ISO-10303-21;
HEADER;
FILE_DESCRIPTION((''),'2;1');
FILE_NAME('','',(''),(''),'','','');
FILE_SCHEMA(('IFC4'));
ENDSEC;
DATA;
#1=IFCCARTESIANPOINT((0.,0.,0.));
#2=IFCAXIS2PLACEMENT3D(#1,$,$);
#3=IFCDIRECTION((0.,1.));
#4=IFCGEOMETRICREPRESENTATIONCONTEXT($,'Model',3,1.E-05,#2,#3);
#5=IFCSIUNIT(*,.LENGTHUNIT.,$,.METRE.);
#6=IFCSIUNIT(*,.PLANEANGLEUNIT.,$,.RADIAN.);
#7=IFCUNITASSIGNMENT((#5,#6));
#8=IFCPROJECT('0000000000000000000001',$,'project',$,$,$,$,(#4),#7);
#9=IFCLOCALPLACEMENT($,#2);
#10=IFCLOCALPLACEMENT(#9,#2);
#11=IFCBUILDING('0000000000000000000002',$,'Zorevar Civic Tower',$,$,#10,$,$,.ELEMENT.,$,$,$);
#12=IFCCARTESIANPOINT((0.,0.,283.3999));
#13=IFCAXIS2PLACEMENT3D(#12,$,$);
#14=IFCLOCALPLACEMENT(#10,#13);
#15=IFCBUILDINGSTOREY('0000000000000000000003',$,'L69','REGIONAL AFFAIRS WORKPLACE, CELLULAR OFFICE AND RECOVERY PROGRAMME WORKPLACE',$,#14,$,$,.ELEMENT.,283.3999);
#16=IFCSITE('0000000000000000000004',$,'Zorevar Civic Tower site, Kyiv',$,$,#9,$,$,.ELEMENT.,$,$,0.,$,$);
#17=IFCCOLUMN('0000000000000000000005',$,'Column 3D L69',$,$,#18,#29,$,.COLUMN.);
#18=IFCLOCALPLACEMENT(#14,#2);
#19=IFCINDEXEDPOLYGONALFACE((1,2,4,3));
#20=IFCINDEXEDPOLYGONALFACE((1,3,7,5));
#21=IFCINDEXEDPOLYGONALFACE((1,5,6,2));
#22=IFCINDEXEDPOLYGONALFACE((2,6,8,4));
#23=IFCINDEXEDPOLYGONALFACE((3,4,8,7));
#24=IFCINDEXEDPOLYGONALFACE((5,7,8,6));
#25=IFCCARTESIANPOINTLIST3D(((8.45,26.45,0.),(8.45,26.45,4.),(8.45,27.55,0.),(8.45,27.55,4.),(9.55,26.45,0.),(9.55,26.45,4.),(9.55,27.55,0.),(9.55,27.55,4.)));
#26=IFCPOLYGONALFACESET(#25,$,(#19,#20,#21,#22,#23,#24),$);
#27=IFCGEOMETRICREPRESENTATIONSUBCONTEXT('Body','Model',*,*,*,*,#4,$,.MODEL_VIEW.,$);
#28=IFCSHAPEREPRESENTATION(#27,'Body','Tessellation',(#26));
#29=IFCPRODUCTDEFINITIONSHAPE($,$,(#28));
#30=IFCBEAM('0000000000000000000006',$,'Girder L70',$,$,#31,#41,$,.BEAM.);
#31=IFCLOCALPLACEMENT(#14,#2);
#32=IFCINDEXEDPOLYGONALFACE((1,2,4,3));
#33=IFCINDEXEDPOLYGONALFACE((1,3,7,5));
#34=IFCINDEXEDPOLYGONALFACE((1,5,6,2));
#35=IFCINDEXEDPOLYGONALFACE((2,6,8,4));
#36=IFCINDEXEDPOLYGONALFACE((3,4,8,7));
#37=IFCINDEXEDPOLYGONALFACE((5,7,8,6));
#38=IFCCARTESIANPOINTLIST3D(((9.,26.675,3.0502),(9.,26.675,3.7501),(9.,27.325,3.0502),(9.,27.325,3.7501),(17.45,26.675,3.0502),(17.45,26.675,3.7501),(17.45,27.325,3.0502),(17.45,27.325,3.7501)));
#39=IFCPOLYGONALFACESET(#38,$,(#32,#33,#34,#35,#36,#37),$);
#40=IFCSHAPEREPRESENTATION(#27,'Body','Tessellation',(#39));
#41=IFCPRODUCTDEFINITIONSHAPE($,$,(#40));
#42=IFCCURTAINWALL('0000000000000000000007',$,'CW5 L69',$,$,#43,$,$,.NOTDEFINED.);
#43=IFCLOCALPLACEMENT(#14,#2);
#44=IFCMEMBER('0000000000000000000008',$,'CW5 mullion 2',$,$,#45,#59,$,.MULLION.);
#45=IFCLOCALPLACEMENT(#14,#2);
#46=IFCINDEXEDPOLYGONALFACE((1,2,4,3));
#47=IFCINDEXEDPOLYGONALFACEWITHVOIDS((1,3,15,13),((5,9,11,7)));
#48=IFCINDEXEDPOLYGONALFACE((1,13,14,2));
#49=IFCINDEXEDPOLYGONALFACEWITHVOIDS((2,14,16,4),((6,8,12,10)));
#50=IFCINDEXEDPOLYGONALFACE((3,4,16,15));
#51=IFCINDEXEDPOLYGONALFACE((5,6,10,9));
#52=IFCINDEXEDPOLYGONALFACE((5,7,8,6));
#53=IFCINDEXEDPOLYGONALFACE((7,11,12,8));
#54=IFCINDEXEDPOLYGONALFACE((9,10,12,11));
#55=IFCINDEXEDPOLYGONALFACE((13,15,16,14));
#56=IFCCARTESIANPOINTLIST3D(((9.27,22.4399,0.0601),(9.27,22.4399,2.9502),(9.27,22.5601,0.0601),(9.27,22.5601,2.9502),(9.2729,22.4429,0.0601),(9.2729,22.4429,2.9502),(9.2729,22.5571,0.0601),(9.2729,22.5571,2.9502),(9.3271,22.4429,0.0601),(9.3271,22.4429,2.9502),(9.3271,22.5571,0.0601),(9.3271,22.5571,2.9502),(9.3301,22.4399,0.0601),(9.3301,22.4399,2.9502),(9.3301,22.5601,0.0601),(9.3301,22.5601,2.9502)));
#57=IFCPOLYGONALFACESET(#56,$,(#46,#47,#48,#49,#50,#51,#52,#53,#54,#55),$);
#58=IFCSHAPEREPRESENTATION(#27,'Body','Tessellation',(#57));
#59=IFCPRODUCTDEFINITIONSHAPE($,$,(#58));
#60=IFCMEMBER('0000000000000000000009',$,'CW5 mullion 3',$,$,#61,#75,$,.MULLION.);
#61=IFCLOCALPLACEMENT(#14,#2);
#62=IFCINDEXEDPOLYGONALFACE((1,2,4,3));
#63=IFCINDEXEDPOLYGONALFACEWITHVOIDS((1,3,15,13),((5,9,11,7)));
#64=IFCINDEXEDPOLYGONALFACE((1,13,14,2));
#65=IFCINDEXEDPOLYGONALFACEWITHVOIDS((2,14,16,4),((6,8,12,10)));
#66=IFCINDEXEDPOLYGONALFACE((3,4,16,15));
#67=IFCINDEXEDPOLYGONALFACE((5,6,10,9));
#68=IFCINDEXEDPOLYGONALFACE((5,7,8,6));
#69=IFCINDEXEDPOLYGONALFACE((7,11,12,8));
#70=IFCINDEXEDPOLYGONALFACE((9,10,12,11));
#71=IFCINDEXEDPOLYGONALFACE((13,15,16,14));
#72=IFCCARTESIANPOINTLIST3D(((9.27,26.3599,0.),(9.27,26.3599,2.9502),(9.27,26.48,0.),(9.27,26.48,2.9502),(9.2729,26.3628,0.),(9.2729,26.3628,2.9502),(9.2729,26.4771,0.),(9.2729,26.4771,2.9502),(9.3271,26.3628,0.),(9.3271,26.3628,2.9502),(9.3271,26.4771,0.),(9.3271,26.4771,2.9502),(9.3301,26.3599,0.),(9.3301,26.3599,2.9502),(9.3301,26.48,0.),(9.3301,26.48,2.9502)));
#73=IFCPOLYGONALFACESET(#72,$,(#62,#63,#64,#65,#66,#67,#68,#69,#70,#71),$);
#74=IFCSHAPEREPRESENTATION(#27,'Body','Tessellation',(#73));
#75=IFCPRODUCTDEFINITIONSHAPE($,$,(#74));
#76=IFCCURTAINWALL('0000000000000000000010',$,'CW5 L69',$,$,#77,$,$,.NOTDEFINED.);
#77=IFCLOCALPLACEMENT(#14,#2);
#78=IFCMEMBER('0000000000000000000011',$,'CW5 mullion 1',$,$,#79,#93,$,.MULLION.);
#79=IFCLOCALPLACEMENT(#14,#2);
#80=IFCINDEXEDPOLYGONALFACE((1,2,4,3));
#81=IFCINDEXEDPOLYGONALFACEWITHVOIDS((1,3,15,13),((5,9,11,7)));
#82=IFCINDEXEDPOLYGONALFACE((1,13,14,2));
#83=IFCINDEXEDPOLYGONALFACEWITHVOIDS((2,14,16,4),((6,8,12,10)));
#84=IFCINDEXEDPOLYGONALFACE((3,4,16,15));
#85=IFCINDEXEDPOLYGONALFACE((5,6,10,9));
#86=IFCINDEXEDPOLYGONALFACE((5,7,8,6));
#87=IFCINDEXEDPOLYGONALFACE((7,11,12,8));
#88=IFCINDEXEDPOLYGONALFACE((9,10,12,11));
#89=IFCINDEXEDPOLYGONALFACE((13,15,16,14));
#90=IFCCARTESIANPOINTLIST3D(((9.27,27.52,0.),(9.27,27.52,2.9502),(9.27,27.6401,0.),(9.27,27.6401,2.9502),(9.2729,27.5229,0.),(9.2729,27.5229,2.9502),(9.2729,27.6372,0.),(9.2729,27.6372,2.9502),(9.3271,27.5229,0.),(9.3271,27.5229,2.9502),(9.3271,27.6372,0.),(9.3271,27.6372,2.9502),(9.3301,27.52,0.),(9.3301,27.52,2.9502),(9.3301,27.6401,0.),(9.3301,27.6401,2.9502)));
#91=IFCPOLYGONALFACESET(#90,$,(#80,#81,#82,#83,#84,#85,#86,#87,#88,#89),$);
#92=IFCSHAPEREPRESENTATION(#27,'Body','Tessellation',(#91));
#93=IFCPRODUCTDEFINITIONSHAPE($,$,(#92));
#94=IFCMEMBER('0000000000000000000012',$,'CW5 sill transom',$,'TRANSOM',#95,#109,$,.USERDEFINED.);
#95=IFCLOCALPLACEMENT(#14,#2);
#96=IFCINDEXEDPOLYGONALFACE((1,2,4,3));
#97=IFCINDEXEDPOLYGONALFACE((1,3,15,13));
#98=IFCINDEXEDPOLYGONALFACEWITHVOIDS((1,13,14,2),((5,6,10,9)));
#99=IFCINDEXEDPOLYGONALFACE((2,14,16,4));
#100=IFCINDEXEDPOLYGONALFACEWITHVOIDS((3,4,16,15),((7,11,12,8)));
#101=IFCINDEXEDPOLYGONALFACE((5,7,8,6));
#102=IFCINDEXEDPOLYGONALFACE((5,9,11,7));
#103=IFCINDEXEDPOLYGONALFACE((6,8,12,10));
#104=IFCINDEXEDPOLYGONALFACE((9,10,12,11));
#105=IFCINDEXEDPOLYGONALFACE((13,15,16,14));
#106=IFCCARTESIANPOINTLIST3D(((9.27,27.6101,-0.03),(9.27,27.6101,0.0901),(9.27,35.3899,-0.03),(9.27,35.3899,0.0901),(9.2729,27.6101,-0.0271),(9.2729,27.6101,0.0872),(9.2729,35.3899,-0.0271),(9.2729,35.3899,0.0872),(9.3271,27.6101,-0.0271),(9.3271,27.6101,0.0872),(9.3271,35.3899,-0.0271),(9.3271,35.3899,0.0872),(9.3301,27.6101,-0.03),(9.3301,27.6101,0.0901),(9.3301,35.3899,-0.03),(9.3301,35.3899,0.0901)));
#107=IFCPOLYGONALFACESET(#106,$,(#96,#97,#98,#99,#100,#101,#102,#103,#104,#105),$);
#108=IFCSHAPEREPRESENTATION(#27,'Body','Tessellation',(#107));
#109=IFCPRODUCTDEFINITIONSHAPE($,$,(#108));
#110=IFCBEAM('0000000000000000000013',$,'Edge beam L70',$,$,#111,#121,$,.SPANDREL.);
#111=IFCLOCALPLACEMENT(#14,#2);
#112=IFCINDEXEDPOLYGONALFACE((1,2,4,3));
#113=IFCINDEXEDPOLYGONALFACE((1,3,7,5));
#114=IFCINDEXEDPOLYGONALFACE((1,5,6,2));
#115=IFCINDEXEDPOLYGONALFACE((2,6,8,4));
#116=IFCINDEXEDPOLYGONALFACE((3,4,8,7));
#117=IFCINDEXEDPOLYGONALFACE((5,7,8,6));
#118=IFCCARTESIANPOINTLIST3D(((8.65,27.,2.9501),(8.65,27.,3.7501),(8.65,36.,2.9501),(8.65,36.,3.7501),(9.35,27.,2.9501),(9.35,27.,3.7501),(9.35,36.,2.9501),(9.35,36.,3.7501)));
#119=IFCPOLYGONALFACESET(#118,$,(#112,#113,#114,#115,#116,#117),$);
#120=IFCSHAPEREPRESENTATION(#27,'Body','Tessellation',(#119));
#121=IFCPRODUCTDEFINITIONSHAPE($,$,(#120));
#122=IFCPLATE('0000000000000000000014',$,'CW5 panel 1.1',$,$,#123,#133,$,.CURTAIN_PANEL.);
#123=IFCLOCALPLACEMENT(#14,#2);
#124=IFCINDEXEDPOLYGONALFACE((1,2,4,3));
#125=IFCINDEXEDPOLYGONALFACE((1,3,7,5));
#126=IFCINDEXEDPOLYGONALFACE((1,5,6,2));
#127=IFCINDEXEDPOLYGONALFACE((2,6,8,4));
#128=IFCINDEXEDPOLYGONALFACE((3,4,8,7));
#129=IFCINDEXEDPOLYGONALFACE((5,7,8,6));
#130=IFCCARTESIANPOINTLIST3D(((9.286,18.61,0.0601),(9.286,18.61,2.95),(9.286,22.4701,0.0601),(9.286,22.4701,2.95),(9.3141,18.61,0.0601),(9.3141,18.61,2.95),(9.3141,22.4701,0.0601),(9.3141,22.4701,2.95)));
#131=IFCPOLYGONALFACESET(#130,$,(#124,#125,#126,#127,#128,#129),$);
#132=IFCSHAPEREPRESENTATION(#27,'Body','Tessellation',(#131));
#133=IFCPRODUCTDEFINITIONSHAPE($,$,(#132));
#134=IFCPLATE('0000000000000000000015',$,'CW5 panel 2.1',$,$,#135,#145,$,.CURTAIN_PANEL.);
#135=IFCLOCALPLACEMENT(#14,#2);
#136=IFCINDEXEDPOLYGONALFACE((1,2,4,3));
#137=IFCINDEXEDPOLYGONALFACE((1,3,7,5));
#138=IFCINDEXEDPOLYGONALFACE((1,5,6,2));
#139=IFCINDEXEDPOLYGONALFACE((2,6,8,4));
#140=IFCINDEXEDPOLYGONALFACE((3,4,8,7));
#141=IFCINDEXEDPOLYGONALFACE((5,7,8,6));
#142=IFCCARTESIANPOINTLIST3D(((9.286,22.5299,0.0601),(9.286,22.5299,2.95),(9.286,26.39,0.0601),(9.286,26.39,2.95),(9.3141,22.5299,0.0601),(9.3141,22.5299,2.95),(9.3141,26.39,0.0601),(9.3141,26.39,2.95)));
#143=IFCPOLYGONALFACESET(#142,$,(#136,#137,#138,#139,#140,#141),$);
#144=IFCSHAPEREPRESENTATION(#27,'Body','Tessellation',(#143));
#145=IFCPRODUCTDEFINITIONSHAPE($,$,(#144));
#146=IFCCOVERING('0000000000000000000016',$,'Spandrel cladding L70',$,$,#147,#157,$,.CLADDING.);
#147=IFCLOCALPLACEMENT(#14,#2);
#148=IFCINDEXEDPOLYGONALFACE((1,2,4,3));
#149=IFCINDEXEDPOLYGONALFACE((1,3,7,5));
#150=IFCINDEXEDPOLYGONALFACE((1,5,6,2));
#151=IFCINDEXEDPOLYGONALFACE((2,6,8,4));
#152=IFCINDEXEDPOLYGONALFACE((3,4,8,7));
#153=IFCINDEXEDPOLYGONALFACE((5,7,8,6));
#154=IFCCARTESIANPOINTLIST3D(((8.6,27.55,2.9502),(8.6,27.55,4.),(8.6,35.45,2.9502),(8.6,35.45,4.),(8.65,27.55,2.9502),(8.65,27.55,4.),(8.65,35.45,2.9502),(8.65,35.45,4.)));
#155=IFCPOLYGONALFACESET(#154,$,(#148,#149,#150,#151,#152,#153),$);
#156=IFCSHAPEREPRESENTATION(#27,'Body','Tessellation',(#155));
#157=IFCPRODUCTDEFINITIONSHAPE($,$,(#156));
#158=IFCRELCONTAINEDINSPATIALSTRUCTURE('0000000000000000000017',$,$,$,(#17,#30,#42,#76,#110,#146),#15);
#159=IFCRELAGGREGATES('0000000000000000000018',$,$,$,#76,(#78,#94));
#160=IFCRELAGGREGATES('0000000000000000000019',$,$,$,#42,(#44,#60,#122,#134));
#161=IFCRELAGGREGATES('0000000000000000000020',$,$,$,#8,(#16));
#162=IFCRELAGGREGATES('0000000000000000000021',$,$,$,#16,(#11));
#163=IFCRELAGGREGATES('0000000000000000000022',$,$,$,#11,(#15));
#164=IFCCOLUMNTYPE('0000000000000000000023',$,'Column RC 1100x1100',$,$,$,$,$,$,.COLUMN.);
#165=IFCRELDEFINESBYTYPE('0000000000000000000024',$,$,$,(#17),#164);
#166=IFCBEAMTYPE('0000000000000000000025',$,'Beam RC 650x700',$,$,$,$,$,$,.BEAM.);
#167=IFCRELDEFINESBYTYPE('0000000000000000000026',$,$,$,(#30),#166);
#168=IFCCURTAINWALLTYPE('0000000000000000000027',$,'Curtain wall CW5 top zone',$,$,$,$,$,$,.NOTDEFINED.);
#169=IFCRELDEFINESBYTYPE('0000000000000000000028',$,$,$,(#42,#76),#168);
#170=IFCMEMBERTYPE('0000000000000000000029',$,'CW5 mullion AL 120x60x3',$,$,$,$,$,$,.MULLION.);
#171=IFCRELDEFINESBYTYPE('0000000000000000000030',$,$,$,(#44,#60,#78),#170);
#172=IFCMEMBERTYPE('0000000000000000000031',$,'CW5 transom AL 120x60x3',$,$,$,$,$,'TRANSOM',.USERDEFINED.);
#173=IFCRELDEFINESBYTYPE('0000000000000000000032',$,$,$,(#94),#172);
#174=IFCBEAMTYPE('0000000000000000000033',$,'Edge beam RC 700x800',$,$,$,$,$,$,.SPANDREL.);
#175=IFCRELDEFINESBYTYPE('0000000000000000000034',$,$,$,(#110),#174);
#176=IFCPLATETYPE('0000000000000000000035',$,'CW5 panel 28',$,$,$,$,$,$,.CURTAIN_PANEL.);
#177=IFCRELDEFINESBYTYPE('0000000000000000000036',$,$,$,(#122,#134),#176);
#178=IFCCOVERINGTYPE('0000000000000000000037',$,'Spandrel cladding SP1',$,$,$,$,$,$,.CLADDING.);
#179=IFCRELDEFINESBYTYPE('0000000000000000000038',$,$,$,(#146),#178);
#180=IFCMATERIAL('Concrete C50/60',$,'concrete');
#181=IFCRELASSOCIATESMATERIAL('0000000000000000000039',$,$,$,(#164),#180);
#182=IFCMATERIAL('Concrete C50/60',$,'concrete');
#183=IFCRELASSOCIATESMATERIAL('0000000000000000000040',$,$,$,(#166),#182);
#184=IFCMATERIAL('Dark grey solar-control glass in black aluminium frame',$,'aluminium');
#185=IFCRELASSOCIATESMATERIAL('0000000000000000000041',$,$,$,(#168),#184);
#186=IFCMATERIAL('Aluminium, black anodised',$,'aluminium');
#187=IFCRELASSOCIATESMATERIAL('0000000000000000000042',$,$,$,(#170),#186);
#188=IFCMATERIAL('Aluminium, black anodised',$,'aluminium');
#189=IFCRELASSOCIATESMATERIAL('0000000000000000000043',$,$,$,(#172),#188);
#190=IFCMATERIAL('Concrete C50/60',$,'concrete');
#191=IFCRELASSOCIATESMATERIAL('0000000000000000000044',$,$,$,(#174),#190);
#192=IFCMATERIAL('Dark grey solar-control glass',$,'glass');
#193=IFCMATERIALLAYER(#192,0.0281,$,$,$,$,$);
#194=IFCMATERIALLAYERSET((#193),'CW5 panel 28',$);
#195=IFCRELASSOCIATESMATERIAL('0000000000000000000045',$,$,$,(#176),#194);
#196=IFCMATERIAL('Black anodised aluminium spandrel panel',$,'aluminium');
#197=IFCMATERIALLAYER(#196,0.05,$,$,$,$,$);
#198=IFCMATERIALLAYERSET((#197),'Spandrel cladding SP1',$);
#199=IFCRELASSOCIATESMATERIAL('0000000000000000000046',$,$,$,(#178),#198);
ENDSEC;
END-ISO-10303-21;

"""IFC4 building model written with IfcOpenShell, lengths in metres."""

from ifc_helpers import new_model, si_unit, direction, frame, frame_2d, origin, origin_2d, place, context, subcontext, project, spatial, rectangle, hollow_rectangle, extrude, material, layer, layer_set, material_profile, profile_set, type_object, element, aggregate, save


model = new_model("IFC4")

# Units and contexts
model_context = context("Model", 3, precision=1e-05, world=origin(), true_north=direction((0.0, 1.0)))
body_context = subcontext(model_context, "Body", "Model", "MODEL_VIEW")
ifc_project = project(units=[si_unit("LENGTHUNIT", "METRE"), si_unit("PLANEANGLEUNIT", "RADIAN")], contexts=[model_context])

# Site, building, storey
site_placement = place(None, origin())
site = spatial("IfcSite", under=ifc_project, at=site_placement, Name="Zorevar Civic Tower site, Kyiv", CompositionType="ELEMENT", RefElevation=0.0)
building_placement = place(site_placement, origin())
building = spatial("IfcBuilding", under=site, at=building_placement, Name="Zorevar Civic Tower", CompositionType="ELEMENT")
storey_placement = place(building_placement, frame((0.0, 0.0, 283.3999)))
storey = spatial("IfcBuildingStorey", under=building, at=storey_placement, Name="L69", Description="REGIONAL AFFAIRS WORKPLACE, CELLULAR OFFICE AND RECOVERY PROGRAMME WORKPLACE", CompositionType="ELEMENT", Elevation=283.3999)

# Column
ifc_material_1 = material(Name="Concrete C50/60", Category="concrete")
ifc_material_profile_1 = material_profile(ifc_material_1, rectangle(XDim=1.1001, YDim=1.1001, at=origin_2d()), Name="RC 1100x1100")
ifc_profile_set_1 = profile_set([ifc_material_profile_1], Name="Concrete C50/60")
column_type = type_object("IfcColumnType", Name="Column RC 1100x1100", PredefinedType="COLUMN", material=ifc_profile_set_1)
column_placement = place(storey_placement, frame((9.0, 27.0, 0.0), z_axis=(0.0, 0.0, 1.0), x_axis=(1.0, 0.0, 0.0)))
element("IfcColumn", 1, at=column_placement, inside=storey, type_object=column_type, Name="Column 3D L69", PredefinedType="COLUMN", context=body_context, shape_type="SweptSolid", body=[
    extrude(rectangle(XDim=1.1001, YDim=1.1001, at=origin_2d()), origin(), (0.0, 0.0, 1.0), 4.0),
])

# Beam
ifc_material_2 = material(Name="Concrete C50/60", Category="concrete")
ifc_material_profile_2 = material_profile(ifc_material_2, rectangle(XDim=0.6499, YDim=0.7, at=origin_2d()), Name="RC 650x700")
ifc_profile_set_2 = profile_set([ifc_material_profile_2], Name="Concrete C50/60")
beam_type_1 = type_object("IfcBeamType", Name="Beam RC 650x700", PredefinedType="BEAM", material=ifc_profile_set_2)
beam_1_placement = place(storey_placement, frame((9.0, 27.0, 3.4001), z_axis=(1.0, 0.0, 0.0), x_axis=(0.0, 1.0, 0.0)))
element("IfcBeam", 2, at=beam_1_placement, inside=storey, type_object=beam_type_1, Name="Girder L70", PredefinedType="BEAM", context=body_context, shape_type="SweptSolid", body=[
    extrude(rectangle(XDim=0.6499, YDim=0.7, at=origin_2d()), origin(), (0.0, 0.0, 1.0), 8.45),
])

# Curtain walls, members
ifc_material_3 = material(Name="Dark grey solar-control glass in black aluminium frame", Category="aluminium")
curtain_wall_type = type_object("IfcCurtainWallType", Name="Curtain wall CW5 top zone", PredefinedType="NOTDEFINED", material=ifc_material_3)
curtain_wall_1_placement = place(storey_placement, origin())
curtain_wall_1 = element("IfcCurtainWall", 3, at=curtain_wall_1_placement, inside=storey, type_object=curtain_wall_type, Name="CW5 L69", PredefinedType="NOTDEFINED")
ifc_material_4 = material(Name="Aluminium, black anodised", Category="aluminium")
ifc_material_profile_3 = material_profile(ifc_material_4, hollow_rectangle(XDim=0.0601, YDim=0.1201, WallThickness=0.0029, at=origin_2d()), Name="AL 120x60x3")
ifc_profile_set_3 = profile_set([ifc_material_profile_3], Name="Aluminium, black anodised")
member_type_1 = type_object("IfcMemberType", Name="CW5 mullion AL 120x60x3", PredefinedType="MULLION", material=ifc_profile_set_3)
member_1_placement = place(storey_placement, frame((9.3, 22.5, 0.0601), z_axis=(0.0, 0.0, 1.0), x_axis=(-1.0, 0.0, 0.0)))
member_1 = element("IfcMember", 4, at=member_1_placement, type_object=member_type_1, Name="CW5 mullion 2", PredefinedType="MULLION", context=body_context, shape_type="SweptSolid", body=[
    extrude(hollow_rectangle(XDim=0.0601, YDim=0.1201, WallThickness=0.0029, at=origin_2d()), origin(), (0.0, 0.0, 1.0), 2.8901),
])
member_2_placement = place(storey_placement, frame((9.3, 26.4199, 0.0), z_axis=(0.0, 0.0, 1.0), x_axis=(-1.0, 0.0, 0.0)))
member_2 = element("IfcMember", 5, at=member_2_placement, type_object=member_type_1, Name="CW5 mullion 3", PredefinedType="MULLION", context=body_context, shape_type="SweptSolid", body=[
    extrude(hollow_rectangle(XDim=0.0601, YDim=0.1201, WallThickness=0.0029, at=origin_2d()), origin(), (0.0, 0.0, 1.0), 2.9502),
])
curtain_wall_2_placement = place(storey_placement, origin())
curtain_wall_2 = element("IfcCurtainWall", 6, at=curtain_wall_2_placement, inside=storey, type_object=curtain_wall_type, Name="CW5 L69", PredefinedType="NOTDEFINED")
member_3_placement = place(storey_placement, frame((9.3, 27.5801, 0.0), z_axis=(0.0, 0.0, 1.0), x_axis=(-1.0, 0.0, 0.0)))
member_3 = element("IfcMember", 7, at=member_3_placement, type_object=member_type_1, Name="CW5 mullion 1", PredefinedType="MULLION", context=body_context, shape_type="SweptSolid", body=[
    extrude(hollow_rectangle(XDim=0.0601, YDim=0.1201, WallThickness=0.0029, at=origin_2d()), origin(), (0.0, 0.0, 1.0), 2.9502),
])
ifc_material_5 = material(Name="Aluminium, black anodised", Category="aluminium")
ifc_material_profile_4 = material_profile(ifc_material_5, hollow_rectangle(XDim=0.0601, YDim=0.1201, WallThickness=0.0029, at=origin_2d()), Name="AL 120x60x3")
ifc_profile_set_4 = profile_set([ifc_material_profile_4], Name="Aluminium, black anodised")
member_type_2 = type_object("IfcMemberType", Name="CW5 transom AL 120x60x3", ElementType="TRANSOM", PredefinedType="USERDEFINED", material=ifc_profile_set_4)
member_4_placement = place(storey_placement, frame((9.3, 27.6101, 0.03), z_axis=(0.0, 1.0, 0.0), x_axis=(-1.0, 0.0, 0.0)))
member_4 = element("IfcMember", 8, at=member_4_placement, type_object=member_type_2, Name="CW5 sill transom", ObjectType="TRANSOM", PredefinedType="USERDEFINED", context=body_context, shape_type="SweptSolid", body=[
    extrude(hollow_rectangle(XDim=0.0601, YDim=0.1201, WallThickness=0.0029, at=origin_2d()), origin(), (0.0, 0.0, 1.0), 7.7798),
])
aggregate(curtain_wall_2, [member_3, member_4])

# Beam
ifc_material_6 = material(Name="Concrete C50/60", Category="concrete")
ifc_material_profile_5 = material_profile(ifc_material_6, rectangle(XDim=0.7, YDim=0.8, at=origin_2d()), Name="RC 700x800")
ifc_profile_set_5 = profile_set([ifc_material_profile_5], Name="Concrete C50/60")
beam_type_2 = type_object("IfcBeamType", Name="Edge beam RC 700x800", PredefinedType="SPANDREL", material=ifc_profile_set_5)
beam_2_placement = place(storey_placement, frame((9.0, 27.0, 3.3501), z_axis=(0.0, 1.0, 0.0), x_axis=(-1.0, 0.0, 0.0)))
element("IfcBeam", 9, at=beam_2_placement, inside=storey, type_object=beam_type_2, Name="Edge beam L70", PredefinedType="SPANDREL", context=body_context, shape_type="SweptSolid", body=[
    extrude(rectangle(XDim=0.7, YDim=0.8, at=origin_2d()), origin(), (0.0, 0.0, 1.0), 9.0),
])

# Plates
ifc_material_7 = material(Name="Dark grey solar-control glass", Category="glass")
ifc_layer_1 = layer(ifc_material_7, 0.0281)
ifc_layer_set_1 = layer_set([ifc_layer_1], Name="CW5 panel 28")
plate_type = type_object("IfcPlateType", Name="CW5 panel 28", PredefinedType="CURTAIN_PANEL", material=ifc_layer_set_1)
plate_1_placement = place(storey_placement, frame((9.3, 20.54, 0.0601), z_axis=(0.0, 0.0, 1.0), x_axis=(0.0, 1.0, 0.0)))
plate_1 = element("IfcPlate", 10, at=plate_1_placement, type_object=plate_type, Name="CW5 panel 1.1", PredefinedType="CURTAIN_PANEL", context=body_context, shape_type="SweptSolid", body=[
    extrude(rectangle(XDim=3.8601, YDim=0.0281, at=origin_2d()), origin(), (0.0, 0.0, 1.0), 2.8899),
])
plate_2_placement = place(storey_placement, frame((9.3, 24.46, 0.0601), z_axis=(0.0, 0.0, 1.0), x_axis=(0.0, 1.0, 0.0)))
plate_2 = element("IfcPlate", 11, at=plate_2_placement, type_object=plate_type, Name="CW5 panel 2.1", PredefinedType="CURTAIN_PANEL", context=body_context, shape_type="SweptSolid", body=[
    extrude(rectangle(XDim=3.8601, YDim=0.0281, at=origin_2d()), origin(), (0.0, 0.0, 1.0), 2.8899),
])
aggregate(curtain_wall_1, [member_1, member_2, plate_1, plate_2])

# Covering
ifc_material_8 = material(Name="Black anodised aluminium spandrel panel", Category="aluminium")
ifc_layer_2 = layer(ifc_material_8, 0.05)
ifc_layer_set_2 = layer_set([ifc_layer_2], Name="Spandrel cladding SP1")
covering_type = type_object("IfcCoveringType", Name="Spandrel cladding SP1", PredefinedType="CLADDING", material=ifc_layer_set_2)
covering_placement = place(storey_placement, frame((8.625, 27.55, 2.9502), z_axis=(0.0, 0.0, 1.0), x_axis=(0.0, 1.0, 0.0)))
element("IfcCovering", 12, at=covering_placement, inside=storey, type_object=covering_type, Name="Spandrel cladding L70", PredefinedType="CLADDING", context=body_context, shape_type="SweptSolid", body=[
    extrude(rectangle(XDim=7.8999, YDim=0.05, at=frame_2d((3.95, 0.0))), origin(), (0.0, 0.0, 1.0), 1.0498),
])

save(model, "model.ifc")
